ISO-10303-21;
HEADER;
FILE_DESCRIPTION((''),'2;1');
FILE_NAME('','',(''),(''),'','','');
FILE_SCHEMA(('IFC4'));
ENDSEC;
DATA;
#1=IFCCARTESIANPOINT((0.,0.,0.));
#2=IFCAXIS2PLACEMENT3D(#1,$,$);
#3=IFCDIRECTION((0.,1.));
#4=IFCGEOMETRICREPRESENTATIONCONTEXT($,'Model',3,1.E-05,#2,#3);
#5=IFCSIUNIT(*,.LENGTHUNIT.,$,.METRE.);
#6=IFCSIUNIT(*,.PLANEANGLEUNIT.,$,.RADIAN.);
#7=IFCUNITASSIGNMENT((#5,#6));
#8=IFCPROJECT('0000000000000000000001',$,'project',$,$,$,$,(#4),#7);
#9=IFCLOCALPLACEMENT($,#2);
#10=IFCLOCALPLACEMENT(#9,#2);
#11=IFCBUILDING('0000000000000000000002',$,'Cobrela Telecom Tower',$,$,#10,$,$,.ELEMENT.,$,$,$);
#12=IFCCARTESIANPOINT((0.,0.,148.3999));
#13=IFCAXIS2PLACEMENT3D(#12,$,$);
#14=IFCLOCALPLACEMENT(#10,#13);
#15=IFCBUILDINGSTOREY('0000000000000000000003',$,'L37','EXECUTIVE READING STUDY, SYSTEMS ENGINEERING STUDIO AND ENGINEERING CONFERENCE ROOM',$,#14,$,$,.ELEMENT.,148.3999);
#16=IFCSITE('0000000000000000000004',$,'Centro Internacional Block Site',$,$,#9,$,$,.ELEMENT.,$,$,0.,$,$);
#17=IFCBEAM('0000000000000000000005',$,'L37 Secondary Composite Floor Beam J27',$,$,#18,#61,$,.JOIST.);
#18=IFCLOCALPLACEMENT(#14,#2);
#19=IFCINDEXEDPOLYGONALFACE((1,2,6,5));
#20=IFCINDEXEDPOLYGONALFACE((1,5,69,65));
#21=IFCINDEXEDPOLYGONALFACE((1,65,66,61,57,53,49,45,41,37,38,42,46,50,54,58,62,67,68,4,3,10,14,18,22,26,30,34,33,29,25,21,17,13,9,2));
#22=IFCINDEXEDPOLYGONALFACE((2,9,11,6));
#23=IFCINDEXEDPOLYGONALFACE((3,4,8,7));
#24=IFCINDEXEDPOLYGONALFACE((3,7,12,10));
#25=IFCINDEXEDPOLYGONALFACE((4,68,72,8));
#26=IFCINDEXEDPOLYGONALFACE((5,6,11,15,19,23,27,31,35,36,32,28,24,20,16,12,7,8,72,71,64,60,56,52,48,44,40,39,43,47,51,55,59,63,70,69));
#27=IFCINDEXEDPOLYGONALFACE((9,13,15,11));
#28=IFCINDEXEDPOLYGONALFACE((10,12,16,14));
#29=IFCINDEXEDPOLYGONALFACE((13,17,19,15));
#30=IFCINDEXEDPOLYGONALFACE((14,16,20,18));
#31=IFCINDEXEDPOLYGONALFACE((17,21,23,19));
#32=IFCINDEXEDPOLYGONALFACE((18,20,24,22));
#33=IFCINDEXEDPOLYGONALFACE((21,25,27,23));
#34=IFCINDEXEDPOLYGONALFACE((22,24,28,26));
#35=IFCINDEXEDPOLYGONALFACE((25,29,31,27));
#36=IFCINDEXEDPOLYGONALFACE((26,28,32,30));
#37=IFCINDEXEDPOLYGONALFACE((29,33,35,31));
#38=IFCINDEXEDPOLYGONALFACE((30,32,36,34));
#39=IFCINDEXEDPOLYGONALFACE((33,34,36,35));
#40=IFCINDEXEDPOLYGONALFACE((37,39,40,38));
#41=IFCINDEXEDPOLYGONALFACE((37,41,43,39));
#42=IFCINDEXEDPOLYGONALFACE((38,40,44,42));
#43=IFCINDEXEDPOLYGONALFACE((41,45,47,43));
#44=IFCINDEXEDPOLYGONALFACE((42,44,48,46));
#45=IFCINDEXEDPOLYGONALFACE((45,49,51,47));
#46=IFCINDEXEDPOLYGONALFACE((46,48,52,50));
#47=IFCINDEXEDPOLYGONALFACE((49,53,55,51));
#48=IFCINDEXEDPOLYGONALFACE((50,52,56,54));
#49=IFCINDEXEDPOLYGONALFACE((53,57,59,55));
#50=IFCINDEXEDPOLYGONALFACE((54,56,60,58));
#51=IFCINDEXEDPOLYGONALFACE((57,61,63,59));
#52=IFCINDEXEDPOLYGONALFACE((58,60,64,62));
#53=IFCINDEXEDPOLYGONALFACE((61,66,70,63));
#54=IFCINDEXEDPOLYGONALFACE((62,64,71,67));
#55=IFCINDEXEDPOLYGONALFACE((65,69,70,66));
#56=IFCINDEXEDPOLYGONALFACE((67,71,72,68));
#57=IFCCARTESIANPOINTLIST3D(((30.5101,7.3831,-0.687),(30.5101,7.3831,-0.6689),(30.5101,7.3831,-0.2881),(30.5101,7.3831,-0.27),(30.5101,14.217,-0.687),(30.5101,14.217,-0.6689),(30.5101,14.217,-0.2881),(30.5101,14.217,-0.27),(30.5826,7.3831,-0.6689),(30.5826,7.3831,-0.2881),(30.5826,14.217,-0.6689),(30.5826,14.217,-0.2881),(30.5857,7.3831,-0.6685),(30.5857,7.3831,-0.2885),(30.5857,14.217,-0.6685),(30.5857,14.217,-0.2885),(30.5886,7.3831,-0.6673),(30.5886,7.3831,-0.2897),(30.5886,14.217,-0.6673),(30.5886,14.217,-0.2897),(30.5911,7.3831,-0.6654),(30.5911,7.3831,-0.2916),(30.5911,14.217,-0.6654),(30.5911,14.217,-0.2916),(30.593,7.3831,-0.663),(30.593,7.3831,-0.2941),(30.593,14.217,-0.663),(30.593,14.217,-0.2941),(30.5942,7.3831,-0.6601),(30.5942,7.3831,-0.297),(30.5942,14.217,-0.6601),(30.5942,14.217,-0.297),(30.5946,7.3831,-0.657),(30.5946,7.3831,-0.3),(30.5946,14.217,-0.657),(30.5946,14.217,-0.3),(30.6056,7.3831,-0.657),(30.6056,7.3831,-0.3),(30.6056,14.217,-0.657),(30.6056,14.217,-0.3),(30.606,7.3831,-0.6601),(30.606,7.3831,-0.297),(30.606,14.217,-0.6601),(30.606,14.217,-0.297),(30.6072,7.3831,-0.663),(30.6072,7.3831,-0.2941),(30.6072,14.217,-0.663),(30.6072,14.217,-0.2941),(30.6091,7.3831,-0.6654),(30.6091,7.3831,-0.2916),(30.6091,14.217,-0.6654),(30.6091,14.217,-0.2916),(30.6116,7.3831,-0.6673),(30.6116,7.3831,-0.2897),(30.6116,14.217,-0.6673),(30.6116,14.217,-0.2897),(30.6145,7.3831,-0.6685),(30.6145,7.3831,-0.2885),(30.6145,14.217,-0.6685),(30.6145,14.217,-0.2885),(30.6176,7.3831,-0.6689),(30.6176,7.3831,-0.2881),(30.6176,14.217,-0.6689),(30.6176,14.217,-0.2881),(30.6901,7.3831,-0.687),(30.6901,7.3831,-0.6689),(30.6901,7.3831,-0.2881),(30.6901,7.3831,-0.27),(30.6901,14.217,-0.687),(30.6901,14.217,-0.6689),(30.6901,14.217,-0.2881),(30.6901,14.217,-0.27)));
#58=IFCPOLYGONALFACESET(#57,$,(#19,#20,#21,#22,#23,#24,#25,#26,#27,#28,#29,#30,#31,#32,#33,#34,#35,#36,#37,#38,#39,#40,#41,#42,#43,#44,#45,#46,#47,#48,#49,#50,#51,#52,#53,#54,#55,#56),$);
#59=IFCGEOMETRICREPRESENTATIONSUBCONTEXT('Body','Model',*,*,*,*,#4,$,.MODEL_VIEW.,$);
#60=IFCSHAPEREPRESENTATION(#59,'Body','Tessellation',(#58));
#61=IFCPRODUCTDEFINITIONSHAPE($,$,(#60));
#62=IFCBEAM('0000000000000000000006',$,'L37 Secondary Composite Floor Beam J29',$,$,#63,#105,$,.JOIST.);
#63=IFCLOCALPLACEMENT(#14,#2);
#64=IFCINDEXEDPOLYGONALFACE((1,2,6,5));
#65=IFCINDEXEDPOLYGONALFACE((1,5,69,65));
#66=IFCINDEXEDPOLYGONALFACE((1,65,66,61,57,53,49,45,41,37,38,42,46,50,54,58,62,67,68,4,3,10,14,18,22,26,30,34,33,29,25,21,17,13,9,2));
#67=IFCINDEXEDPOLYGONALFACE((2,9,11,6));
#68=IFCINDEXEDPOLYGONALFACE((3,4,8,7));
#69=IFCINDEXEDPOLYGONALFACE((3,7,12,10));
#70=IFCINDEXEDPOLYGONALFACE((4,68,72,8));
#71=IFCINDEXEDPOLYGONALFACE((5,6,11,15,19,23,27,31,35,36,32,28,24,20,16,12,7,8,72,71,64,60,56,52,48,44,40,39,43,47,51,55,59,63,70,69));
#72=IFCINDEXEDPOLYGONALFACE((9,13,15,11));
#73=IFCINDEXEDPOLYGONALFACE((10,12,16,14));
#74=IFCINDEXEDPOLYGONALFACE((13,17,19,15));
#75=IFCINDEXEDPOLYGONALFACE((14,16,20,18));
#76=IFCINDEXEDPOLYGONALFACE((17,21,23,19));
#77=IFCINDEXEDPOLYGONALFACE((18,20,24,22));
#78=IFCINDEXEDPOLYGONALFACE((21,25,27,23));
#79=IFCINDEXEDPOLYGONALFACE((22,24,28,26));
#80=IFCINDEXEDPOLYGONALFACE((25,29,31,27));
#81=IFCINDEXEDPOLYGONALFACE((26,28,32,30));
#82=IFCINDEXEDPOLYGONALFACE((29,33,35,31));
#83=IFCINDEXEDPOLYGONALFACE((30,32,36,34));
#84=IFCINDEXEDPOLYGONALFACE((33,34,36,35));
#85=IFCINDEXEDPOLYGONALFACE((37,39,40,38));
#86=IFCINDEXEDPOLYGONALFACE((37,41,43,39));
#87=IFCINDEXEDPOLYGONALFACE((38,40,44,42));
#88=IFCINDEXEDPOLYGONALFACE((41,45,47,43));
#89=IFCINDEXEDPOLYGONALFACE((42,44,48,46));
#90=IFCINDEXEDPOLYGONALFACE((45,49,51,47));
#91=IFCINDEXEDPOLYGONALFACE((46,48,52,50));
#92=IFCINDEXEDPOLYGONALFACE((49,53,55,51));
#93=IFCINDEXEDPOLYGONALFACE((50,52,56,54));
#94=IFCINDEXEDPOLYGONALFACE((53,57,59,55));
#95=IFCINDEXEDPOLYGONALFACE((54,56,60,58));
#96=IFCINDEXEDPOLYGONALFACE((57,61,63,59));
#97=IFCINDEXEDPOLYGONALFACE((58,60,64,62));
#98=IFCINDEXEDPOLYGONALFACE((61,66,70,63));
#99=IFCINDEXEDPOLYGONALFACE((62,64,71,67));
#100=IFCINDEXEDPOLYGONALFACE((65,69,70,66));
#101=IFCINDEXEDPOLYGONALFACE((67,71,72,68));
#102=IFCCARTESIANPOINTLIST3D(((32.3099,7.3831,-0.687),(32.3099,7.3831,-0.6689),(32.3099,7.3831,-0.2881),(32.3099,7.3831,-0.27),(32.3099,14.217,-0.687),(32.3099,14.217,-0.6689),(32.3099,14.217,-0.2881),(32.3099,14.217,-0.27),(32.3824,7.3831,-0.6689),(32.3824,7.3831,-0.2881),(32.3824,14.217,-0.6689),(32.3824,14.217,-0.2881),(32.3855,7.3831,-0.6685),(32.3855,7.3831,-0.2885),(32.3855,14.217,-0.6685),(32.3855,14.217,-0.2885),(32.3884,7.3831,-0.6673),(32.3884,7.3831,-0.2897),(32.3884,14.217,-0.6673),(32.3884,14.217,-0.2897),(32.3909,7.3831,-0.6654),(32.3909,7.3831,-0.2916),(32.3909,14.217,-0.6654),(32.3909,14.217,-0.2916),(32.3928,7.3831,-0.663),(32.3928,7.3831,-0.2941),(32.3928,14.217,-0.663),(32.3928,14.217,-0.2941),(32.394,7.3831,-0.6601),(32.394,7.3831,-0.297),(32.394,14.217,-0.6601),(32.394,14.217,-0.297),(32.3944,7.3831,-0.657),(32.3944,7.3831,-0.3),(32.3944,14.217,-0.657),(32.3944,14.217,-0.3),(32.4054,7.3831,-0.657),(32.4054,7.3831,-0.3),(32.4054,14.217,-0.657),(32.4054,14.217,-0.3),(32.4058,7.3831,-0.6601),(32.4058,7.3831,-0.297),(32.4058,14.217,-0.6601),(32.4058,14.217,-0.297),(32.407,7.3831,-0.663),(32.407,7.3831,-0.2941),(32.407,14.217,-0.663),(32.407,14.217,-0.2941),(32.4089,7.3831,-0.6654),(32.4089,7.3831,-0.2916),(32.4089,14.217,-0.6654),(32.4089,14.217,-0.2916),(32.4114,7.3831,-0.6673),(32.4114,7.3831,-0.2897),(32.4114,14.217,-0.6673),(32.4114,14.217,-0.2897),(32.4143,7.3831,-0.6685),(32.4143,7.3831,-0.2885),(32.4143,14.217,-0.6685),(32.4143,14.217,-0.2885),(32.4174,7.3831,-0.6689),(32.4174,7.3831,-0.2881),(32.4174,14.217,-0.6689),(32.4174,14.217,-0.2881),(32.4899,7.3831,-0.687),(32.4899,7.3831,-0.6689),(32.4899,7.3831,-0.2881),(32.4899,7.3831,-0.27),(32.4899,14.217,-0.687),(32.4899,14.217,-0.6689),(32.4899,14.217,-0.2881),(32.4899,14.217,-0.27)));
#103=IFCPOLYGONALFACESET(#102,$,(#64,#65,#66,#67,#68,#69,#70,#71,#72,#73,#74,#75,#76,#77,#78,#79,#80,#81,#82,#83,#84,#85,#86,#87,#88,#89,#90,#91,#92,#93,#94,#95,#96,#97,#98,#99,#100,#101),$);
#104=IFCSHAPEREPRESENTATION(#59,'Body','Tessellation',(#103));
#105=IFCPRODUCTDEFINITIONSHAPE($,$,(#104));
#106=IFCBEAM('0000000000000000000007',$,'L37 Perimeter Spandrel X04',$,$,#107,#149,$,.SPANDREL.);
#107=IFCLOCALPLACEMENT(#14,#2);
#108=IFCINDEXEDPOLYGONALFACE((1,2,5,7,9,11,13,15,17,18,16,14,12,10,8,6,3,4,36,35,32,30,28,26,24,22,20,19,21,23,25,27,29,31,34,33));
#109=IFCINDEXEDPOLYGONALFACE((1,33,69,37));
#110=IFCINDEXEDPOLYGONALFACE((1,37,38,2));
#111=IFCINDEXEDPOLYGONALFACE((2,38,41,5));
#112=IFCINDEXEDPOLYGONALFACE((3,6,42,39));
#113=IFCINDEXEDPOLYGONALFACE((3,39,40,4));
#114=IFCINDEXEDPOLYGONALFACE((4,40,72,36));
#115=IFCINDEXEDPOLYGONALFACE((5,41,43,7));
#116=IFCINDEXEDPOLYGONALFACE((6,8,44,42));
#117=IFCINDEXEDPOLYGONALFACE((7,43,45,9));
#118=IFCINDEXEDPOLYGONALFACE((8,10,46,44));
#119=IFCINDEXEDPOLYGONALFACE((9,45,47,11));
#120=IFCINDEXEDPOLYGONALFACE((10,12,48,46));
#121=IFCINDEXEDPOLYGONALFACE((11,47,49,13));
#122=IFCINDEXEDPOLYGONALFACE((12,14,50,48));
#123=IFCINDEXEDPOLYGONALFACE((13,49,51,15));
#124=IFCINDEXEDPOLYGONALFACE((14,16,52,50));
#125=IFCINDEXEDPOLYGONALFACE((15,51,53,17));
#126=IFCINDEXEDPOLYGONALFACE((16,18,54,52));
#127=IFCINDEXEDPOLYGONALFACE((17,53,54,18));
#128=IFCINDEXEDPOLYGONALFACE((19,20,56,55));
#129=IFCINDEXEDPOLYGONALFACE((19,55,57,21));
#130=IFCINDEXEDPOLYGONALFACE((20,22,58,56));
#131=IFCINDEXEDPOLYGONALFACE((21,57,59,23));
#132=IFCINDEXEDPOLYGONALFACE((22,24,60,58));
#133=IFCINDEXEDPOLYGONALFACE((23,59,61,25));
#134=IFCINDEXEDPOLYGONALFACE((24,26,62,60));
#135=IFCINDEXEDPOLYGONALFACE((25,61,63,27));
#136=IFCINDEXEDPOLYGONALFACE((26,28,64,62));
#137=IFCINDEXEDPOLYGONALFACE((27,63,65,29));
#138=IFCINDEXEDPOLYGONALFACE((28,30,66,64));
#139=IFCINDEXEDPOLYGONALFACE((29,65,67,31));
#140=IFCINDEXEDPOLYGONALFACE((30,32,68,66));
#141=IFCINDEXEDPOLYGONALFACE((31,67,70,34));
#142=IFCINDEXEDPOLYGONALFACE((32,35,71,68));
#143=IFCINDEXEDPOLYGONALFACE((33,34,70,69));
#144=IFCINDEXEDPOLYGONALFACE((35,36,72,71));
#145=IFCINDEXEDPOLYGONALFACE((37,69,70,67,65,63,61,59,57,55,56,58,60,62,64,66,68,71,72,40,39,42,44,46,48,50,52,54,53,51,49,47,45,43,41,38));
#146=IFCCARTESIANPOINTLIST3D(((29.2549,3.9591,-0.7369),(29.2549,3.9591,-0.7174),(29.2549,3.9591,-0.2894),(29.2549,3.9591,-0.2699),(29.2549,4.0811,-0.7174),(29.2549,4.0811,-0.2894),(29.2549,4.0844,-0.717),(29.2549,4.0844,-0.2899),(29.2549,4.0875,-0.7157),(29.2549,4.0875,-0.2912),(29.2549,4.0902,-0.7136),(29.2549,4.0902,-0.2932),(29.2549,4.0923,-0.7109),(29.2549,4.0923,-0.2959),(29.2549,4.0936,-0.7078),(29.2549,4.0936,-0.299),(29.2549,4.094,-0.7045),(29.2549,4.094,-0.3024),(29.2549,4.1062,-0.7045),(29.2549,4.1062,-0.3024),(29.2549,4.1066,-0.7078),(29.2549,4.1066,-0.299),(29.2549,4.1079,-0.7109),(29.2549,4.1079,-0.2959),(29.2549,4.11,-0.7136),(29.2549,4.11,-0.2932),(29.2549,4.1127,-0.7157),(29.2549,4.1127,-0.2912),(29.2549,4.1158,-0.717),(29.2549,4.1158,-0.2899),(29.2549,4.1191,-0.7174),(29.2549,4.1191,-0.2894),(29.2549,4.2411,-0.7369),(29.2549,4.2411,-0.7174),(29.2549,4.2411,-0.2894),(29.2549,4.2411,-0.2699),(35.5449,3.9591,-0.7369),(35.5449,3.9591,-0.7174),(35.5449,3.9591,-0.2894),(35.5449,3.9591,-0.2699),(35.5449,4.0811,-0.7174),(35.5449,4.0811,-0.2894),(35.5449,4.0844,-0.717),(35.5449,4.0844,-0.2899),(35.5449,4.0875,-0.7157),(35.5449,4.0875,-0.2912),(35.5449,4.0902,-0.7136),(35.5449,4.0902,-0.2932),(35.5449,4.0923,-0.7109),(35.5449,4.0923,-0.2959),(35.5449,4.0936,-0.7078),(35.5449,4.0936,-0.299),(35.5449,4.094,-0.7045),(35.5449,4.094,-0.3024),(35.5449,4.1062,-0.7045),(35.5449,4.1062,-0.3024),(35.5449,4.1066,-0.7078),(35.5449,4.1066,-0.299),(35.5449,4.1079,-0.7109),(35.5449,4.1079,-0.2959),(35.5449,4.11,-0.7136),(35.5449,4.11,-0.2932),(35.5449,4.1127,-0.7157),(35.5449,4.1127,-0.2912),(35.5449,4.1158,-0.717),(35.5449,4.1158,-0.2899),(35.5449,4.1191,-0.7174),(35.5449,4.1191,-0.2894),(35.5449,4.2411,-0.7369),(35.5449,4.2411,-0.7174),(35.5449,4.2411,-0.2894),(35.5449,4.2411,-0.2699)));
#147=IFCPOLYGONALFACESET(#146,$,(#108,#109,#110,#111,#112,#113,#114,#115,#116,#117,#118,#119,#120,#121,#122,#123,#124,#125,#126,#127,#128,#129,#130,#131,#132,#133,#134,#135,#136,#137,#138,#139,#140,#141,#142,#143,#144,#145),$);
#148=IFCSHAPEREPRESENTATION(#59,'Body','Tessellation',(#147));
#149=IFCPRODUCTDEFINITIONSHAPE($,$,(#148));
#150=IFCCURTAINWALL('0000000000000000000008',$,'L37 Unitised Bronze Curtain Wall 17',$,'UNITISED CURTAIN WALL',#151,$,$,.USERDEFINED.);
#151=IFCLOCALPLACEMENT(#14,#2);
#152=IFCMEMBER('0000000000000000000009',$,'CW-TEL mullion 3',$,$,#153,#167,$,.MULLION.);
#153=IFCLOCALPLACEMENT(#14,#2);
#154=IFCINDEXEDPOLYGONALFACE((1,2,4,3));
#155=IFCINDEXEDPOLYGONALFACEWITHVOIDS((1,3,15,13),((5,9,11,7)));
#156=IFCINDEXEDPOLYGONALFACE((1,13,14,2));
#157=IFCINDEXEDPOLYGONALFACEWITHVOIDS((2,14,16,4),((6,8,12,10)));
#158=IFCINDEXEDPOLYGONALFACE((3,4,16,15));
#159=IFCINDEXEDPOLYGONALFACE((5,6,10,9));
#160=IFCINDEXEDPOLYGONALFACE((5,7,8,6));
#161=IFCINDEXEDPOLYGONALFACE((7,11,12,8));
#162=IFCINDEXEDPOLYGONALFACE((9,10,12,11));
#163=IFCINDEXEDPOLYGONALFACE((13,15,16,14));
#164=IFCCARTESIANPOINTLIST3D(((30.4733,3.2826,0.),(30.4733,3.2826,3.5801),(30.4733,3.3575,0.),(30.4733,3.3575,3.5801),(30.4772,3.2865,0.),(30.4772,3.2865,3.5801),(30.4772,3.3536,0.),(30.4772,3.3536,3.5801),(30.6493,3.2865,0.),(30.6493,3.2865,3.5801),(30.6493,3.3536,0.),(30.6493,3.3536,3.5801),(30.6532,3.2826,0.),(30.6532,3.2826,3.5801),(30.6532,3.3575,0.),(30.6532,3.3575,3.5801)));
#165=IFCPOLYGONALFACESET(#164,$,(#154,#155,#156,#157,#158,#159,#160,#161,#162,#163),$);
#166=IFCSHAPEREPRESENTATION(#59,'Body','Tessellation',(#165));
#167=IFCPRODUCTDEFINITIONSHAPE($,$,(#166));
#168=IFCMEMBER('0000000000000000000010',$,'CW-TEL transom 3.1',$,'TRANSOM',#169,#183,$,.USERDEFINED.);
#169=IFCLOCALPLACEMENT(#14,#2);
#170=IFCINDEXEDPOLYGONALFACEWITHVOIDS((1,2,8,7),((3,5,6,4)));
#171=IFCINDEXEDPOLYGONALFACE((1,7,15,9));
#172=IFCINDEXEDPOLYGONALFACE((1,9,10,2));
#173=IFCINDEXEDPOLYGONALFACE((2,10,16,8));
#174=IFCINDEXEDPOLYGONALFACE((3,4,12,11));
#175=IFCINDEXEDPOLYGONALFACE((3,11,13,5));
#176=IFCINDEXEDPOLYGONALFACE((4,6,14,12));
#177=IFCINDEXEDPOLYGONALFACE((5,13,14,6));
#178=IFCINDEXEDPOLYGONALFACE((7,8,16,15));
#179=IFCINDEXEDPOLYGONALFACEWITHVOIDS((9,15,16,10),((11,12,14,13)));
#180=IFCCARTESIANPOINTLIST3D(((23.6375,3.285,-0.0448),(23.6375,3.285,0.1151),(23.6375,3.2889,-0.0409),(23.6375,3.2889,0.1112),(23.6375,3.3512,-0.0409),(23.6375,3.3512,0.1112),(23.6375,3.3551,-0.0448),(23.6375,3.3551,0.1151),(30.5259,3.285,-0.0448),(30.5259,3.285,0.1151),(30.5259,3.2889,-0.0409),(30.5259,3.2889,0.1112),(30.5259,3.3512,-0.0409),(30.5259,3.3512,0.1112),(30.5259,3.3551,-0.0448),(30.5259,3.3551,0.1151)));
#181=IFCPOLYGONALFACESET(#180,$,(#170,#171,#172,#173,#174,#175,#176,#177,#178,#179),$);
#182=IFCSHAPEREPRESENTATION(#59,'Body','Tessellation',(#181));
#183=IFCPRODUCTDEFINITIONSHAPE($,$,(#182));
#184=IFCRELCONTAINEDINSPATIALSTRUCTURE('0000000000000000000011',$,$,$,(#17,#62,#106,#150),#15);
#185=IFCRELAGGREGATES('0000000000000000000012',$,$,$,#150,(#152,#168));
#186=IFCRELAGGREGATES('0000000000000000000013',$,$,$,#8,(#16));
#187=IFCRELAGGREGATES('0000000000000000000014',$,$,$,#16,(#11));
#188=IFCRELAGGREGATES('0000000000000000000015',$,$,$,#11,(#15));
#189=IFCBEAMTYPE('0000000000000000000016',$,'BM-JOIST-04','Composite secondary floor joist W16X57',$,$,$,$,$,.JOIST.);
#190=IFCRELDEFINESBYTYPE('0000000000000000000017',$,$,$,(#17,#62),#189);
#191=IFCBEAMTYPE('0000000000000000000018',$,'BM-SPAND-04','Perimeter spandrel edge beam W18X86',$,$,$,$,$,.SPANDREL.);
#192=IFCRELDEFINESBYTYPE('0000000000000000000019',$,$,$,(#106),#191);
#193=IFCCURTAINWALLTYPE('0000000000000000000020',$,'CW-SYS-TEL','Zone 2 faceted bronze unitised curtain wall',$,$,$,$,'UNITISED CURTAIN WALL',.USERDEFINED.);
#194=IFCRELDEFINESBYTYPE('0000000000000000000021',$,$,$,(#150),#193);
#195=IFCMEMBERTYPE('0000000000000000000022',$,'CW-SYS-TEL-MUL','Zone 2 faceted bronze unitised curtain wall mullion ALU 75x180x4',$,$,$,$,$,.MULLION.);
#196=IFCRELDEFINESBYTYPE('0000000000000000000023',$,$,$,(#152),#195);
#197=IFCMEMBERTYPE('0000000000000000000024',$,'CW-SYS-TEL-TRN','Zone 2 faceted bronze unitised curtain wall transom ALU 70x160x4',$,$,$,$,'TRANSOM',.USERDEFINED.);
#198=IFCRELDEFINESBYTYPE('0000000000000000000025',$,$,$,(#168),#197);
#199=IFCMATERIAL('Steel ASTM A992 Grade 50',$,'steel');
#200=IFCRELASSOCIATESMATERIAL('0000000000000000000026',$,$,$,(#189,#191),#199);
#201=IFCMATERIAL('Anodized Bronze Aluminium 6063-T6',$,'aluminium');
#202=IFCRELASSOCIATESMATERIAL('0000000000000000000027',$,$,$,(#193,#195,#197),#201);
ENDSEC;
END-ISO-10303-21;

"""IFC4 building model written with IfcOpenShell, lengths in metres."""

from ifc_helpers import new_model, si_unit, direction, frame, origin, origin_2d, place, context, subcontext, project, spatial, hollow_rectangle, i_section, extrude, material, material_profile, profile_set, type_object, element, aggregate, save


model = new_model("IFC4")

# Units and contexts
model_context = context("Model", 3, precision=1e-05, world=origin(), true_north=direction((0.0, 1.0)))
body_context = subcontext(model_context, "Body", "Model", "MODEL_VIEW")
ifc_project = project(units=[si_unit("LENGTHUNIT", "METRE"), si_unit("PLANEANGLEUNIT", "RADIAN")], contexts=[model_context])

# Site, building, storey
site_placement = place(None, origin())
site = spatial("IfcSite", under=ifc_project, at=site_placement, Name="Centro Internacional Block Site", CompositionType="ELEMENT", RefElevation=0.0)
building_placement = place(site_placement, origin())
building = spatial("IfcBuilding", under=site, at=building_placement, Name="Cobrela Telecom Tower", CompositionType="ELEMENT")
storey_placement = place(building_placement, frame((0.0, 0.0, 148.3999)))
storey = spatial("IfcBuildingStorey", under=building, at=storey_placement, Name="L37", Description="EXECUTIVE READING STUDY, SYSTEMS ENGINEERING STUDIO AND ENGINEERING CONFERENCE ROOM", CompositionType="ELEMENT", Elevation=148.3999)

# Shared definitions
ifc_material_1 = material(Name="Steel ASTM A992 Grade 50", Category="steel")

# Beams
ifc_material_profile_1 = material_profile(ifc_material_1, i_section(OverallWidth=0.1799, OverallDepth=0.417, WebThickness=0.011, FlangeThickness=0.0181, FilletRadius=0.012, at=origin_2d()), Name="W16X57")
ifc_profile_set_1 = profile_set([ifc_material_profile_1], Name="Steel ASTM A992 Grade 50")
beam_type_1 = type_object("IfcBeamType", Name="BM-JOIST-04", Description="Composite secondary floor joist W16X57", PredefinedType="JOIST", material=ifc_profile_set_1)
for number, where, z_axis, x_axis, name in (
    (1, (30.6001, 7.3831, -0.4785), (0.0, 1.0, 0.0), (-1.0, 0.0, 0.0), "L37 Secondary Composite Floor Beam J27"),
    (2, (32.3999, 7.3831, -0.4785), (0.0, 1.0, 0.0), (-1.0, 0.0, 0.0), "L37 Secondary Composite Floor Beam J29"),
):
    element("IfcBeam", number, at=place(storey_placement, frame(where, z_axis=z_axis, x_axis=x_axis)), inside=storey, type_object=beam_type_1, Name=name, PredefinedType="JOIST", context=body_context, shape_type="SweptSolid", body=[
        extrude(i_section(OverallWidth=0.1799, OverallDepth=0.417, WebThickness=0.011, FlangeThickness=0.0181, FilletRadius=0.012, at=origin_2d()), origin(), (0.0, 0.0, 1.0), 6.834),
    ])
ifc_material_profile_2 = material_profile(ifc_material_1, i_section(OverallWidth=0.282, OverallDepth=0.467, WebThickness=0.0122, FlangeThickness=0.0195, FilletRadius=0.0129, at=origin_2d()), Name="W18X86")
ifc_profile_set_2 = profile_set([ifc_material_profile_2], Name="Steel ASTM A992 Grade 50")
beam_type_2 = type_object("IfcBeamType", Name="BM-SPAND-04", Description="Perimeter spandrel edge beam W18X86", PredefinedType="SPANDREL", material=ifc_profile_set_2)
beam_1_placement = place(storey_placement, frame((29.2549, 4.1001, -0.5034), z_axis=(1.0, 0.0, 0.0), x_axis=(0.0, 1.0, 0.0)))
element("IfcBeam", 3, at=beam_1_placement, inside=storey, type_object=beam_type_2, Name="L37 Perimeter Spandrel X04", PredefinedType="SPANDREL", context=body_context, shape_type="SweptSolid", body=[
    extrude(i_section(OverallWidth=0.282, OverallDepth=0.467, WebThickness=0.0122, FlangeThickness=0.0195, FilletRadius=0.0129, at=origin_2d()), origin(), (0.0, 0.0, 1.0), 6.29),
])

# Curtain wall, members
ifc_material_2 = material(Name="Anodized Bronze Aluminium 6063-T6", Category="aluminium")
curtain_wall_type = type_object("IfcCurtainWallType", Name="CW-SYS-TEL", Description="Zone 2 faceted bronze unitised curtain wall", ElementType="UNITISED CURTAIN WALL", PredefinedType="USERDEFINED", material=ifc_material_2)
curtain_wall_placement = place(storey_placement, origin())
curtain_wall = element("IfcCurtainWall", 4, at=curtain_wall_placement, inside=storey, type_object=curtain_wall_type, Name="L37 Unitised Bronze Curtain Wall 17", ObjectType="UNITISED CURTAIN WALL", PredefinedType="USERDEFINED")
ifc_material_profile_3 = material_profile(ifc_material_2, hollow_rectangle(XDim=0.075, YDim=0.1799, WallThickness=0.0039, at=origin_2d()), Name="ALU 75x180x4")
ifc_profile_set_3 = profile_set([ifc_material_profile_3], Name="Anodized Bronze Aluminium 6063-T6")
member_type_1 = type_object("IfcMemberType", Name="CW-SYS-TEL-MUL", Description="Zone 2 faceted bronze unitised curtain wall mullion ALU 75x180x4", PredefinedType="MULLION", material=ifc_profile_set_3)
member_1_placement = place(storey_placement, frame((30.5632, 3.3201, 0.0), z_axis=(0.0, 0.0, 1.0), x_axis=(0.0, -1.0, 0.0)))
member_1 = element("IfcMember", 5, at=member_1_placement, type_object=member_type_1, Name="CW-TEL mullion 3", PredefinedType="MULLION", context=body_context, shape_type="SweptSolid", body=[
    extrude(hollow_rectangle(XDim=0.075, YDim=0.1799, WallThickness=0.0039, at=origin_2d()), origin(), (0.0, 0.0, 1.0), 3.5801),
])
ifc_material_profile_4 = material_profile(ifc_material_2, hollow_rectangle(XDim=0.0701, YDim=0.1599, WallThickness=0.0039, at=origin_2d()), Name="ALU 70x160x4")
ifc_profile_set_4 = profile_set([ifc_material_profile_4], Name="Anodized Bronze Aluminium 6063-T6")
member_type_2 = type_object("IfcMemberType", Name="CW-SYS-TEL-TRN", Description="Zone 2 faceted bronze unitised curtain wall transom ALU 70x160x4", ElementType="TRANSOM", PredefinedType="USERDEFINED", material=ifc_profile_set_4)
member_2_placement = place(storey_placement, frame((30.5259, 3.3201, 0.0352), z_axis=(-1.0, 0.0, 0.0), x_axis=(0.0, -1.0, 0.0)))
member_2 = element("IfcMember", 6, at=member_2_placement, type_object=member_type_2, Name="CW-TEL transom 3.1", ObjectType="TRANSOM", PredefinedType="USERDEFINED", context=body_context, shape_type="SweptSolid", body=[
    extrude(hollow_rectangle(XDim=0.0701, YDim=0.1599, WallThickness=0.0039, at=origin_2d()), origin(), (0.0, 0.0, 1.0), 6.8884),
])
aggregate(curtain_wall, [member_1, member_2])

save(model, "model.ifc")
